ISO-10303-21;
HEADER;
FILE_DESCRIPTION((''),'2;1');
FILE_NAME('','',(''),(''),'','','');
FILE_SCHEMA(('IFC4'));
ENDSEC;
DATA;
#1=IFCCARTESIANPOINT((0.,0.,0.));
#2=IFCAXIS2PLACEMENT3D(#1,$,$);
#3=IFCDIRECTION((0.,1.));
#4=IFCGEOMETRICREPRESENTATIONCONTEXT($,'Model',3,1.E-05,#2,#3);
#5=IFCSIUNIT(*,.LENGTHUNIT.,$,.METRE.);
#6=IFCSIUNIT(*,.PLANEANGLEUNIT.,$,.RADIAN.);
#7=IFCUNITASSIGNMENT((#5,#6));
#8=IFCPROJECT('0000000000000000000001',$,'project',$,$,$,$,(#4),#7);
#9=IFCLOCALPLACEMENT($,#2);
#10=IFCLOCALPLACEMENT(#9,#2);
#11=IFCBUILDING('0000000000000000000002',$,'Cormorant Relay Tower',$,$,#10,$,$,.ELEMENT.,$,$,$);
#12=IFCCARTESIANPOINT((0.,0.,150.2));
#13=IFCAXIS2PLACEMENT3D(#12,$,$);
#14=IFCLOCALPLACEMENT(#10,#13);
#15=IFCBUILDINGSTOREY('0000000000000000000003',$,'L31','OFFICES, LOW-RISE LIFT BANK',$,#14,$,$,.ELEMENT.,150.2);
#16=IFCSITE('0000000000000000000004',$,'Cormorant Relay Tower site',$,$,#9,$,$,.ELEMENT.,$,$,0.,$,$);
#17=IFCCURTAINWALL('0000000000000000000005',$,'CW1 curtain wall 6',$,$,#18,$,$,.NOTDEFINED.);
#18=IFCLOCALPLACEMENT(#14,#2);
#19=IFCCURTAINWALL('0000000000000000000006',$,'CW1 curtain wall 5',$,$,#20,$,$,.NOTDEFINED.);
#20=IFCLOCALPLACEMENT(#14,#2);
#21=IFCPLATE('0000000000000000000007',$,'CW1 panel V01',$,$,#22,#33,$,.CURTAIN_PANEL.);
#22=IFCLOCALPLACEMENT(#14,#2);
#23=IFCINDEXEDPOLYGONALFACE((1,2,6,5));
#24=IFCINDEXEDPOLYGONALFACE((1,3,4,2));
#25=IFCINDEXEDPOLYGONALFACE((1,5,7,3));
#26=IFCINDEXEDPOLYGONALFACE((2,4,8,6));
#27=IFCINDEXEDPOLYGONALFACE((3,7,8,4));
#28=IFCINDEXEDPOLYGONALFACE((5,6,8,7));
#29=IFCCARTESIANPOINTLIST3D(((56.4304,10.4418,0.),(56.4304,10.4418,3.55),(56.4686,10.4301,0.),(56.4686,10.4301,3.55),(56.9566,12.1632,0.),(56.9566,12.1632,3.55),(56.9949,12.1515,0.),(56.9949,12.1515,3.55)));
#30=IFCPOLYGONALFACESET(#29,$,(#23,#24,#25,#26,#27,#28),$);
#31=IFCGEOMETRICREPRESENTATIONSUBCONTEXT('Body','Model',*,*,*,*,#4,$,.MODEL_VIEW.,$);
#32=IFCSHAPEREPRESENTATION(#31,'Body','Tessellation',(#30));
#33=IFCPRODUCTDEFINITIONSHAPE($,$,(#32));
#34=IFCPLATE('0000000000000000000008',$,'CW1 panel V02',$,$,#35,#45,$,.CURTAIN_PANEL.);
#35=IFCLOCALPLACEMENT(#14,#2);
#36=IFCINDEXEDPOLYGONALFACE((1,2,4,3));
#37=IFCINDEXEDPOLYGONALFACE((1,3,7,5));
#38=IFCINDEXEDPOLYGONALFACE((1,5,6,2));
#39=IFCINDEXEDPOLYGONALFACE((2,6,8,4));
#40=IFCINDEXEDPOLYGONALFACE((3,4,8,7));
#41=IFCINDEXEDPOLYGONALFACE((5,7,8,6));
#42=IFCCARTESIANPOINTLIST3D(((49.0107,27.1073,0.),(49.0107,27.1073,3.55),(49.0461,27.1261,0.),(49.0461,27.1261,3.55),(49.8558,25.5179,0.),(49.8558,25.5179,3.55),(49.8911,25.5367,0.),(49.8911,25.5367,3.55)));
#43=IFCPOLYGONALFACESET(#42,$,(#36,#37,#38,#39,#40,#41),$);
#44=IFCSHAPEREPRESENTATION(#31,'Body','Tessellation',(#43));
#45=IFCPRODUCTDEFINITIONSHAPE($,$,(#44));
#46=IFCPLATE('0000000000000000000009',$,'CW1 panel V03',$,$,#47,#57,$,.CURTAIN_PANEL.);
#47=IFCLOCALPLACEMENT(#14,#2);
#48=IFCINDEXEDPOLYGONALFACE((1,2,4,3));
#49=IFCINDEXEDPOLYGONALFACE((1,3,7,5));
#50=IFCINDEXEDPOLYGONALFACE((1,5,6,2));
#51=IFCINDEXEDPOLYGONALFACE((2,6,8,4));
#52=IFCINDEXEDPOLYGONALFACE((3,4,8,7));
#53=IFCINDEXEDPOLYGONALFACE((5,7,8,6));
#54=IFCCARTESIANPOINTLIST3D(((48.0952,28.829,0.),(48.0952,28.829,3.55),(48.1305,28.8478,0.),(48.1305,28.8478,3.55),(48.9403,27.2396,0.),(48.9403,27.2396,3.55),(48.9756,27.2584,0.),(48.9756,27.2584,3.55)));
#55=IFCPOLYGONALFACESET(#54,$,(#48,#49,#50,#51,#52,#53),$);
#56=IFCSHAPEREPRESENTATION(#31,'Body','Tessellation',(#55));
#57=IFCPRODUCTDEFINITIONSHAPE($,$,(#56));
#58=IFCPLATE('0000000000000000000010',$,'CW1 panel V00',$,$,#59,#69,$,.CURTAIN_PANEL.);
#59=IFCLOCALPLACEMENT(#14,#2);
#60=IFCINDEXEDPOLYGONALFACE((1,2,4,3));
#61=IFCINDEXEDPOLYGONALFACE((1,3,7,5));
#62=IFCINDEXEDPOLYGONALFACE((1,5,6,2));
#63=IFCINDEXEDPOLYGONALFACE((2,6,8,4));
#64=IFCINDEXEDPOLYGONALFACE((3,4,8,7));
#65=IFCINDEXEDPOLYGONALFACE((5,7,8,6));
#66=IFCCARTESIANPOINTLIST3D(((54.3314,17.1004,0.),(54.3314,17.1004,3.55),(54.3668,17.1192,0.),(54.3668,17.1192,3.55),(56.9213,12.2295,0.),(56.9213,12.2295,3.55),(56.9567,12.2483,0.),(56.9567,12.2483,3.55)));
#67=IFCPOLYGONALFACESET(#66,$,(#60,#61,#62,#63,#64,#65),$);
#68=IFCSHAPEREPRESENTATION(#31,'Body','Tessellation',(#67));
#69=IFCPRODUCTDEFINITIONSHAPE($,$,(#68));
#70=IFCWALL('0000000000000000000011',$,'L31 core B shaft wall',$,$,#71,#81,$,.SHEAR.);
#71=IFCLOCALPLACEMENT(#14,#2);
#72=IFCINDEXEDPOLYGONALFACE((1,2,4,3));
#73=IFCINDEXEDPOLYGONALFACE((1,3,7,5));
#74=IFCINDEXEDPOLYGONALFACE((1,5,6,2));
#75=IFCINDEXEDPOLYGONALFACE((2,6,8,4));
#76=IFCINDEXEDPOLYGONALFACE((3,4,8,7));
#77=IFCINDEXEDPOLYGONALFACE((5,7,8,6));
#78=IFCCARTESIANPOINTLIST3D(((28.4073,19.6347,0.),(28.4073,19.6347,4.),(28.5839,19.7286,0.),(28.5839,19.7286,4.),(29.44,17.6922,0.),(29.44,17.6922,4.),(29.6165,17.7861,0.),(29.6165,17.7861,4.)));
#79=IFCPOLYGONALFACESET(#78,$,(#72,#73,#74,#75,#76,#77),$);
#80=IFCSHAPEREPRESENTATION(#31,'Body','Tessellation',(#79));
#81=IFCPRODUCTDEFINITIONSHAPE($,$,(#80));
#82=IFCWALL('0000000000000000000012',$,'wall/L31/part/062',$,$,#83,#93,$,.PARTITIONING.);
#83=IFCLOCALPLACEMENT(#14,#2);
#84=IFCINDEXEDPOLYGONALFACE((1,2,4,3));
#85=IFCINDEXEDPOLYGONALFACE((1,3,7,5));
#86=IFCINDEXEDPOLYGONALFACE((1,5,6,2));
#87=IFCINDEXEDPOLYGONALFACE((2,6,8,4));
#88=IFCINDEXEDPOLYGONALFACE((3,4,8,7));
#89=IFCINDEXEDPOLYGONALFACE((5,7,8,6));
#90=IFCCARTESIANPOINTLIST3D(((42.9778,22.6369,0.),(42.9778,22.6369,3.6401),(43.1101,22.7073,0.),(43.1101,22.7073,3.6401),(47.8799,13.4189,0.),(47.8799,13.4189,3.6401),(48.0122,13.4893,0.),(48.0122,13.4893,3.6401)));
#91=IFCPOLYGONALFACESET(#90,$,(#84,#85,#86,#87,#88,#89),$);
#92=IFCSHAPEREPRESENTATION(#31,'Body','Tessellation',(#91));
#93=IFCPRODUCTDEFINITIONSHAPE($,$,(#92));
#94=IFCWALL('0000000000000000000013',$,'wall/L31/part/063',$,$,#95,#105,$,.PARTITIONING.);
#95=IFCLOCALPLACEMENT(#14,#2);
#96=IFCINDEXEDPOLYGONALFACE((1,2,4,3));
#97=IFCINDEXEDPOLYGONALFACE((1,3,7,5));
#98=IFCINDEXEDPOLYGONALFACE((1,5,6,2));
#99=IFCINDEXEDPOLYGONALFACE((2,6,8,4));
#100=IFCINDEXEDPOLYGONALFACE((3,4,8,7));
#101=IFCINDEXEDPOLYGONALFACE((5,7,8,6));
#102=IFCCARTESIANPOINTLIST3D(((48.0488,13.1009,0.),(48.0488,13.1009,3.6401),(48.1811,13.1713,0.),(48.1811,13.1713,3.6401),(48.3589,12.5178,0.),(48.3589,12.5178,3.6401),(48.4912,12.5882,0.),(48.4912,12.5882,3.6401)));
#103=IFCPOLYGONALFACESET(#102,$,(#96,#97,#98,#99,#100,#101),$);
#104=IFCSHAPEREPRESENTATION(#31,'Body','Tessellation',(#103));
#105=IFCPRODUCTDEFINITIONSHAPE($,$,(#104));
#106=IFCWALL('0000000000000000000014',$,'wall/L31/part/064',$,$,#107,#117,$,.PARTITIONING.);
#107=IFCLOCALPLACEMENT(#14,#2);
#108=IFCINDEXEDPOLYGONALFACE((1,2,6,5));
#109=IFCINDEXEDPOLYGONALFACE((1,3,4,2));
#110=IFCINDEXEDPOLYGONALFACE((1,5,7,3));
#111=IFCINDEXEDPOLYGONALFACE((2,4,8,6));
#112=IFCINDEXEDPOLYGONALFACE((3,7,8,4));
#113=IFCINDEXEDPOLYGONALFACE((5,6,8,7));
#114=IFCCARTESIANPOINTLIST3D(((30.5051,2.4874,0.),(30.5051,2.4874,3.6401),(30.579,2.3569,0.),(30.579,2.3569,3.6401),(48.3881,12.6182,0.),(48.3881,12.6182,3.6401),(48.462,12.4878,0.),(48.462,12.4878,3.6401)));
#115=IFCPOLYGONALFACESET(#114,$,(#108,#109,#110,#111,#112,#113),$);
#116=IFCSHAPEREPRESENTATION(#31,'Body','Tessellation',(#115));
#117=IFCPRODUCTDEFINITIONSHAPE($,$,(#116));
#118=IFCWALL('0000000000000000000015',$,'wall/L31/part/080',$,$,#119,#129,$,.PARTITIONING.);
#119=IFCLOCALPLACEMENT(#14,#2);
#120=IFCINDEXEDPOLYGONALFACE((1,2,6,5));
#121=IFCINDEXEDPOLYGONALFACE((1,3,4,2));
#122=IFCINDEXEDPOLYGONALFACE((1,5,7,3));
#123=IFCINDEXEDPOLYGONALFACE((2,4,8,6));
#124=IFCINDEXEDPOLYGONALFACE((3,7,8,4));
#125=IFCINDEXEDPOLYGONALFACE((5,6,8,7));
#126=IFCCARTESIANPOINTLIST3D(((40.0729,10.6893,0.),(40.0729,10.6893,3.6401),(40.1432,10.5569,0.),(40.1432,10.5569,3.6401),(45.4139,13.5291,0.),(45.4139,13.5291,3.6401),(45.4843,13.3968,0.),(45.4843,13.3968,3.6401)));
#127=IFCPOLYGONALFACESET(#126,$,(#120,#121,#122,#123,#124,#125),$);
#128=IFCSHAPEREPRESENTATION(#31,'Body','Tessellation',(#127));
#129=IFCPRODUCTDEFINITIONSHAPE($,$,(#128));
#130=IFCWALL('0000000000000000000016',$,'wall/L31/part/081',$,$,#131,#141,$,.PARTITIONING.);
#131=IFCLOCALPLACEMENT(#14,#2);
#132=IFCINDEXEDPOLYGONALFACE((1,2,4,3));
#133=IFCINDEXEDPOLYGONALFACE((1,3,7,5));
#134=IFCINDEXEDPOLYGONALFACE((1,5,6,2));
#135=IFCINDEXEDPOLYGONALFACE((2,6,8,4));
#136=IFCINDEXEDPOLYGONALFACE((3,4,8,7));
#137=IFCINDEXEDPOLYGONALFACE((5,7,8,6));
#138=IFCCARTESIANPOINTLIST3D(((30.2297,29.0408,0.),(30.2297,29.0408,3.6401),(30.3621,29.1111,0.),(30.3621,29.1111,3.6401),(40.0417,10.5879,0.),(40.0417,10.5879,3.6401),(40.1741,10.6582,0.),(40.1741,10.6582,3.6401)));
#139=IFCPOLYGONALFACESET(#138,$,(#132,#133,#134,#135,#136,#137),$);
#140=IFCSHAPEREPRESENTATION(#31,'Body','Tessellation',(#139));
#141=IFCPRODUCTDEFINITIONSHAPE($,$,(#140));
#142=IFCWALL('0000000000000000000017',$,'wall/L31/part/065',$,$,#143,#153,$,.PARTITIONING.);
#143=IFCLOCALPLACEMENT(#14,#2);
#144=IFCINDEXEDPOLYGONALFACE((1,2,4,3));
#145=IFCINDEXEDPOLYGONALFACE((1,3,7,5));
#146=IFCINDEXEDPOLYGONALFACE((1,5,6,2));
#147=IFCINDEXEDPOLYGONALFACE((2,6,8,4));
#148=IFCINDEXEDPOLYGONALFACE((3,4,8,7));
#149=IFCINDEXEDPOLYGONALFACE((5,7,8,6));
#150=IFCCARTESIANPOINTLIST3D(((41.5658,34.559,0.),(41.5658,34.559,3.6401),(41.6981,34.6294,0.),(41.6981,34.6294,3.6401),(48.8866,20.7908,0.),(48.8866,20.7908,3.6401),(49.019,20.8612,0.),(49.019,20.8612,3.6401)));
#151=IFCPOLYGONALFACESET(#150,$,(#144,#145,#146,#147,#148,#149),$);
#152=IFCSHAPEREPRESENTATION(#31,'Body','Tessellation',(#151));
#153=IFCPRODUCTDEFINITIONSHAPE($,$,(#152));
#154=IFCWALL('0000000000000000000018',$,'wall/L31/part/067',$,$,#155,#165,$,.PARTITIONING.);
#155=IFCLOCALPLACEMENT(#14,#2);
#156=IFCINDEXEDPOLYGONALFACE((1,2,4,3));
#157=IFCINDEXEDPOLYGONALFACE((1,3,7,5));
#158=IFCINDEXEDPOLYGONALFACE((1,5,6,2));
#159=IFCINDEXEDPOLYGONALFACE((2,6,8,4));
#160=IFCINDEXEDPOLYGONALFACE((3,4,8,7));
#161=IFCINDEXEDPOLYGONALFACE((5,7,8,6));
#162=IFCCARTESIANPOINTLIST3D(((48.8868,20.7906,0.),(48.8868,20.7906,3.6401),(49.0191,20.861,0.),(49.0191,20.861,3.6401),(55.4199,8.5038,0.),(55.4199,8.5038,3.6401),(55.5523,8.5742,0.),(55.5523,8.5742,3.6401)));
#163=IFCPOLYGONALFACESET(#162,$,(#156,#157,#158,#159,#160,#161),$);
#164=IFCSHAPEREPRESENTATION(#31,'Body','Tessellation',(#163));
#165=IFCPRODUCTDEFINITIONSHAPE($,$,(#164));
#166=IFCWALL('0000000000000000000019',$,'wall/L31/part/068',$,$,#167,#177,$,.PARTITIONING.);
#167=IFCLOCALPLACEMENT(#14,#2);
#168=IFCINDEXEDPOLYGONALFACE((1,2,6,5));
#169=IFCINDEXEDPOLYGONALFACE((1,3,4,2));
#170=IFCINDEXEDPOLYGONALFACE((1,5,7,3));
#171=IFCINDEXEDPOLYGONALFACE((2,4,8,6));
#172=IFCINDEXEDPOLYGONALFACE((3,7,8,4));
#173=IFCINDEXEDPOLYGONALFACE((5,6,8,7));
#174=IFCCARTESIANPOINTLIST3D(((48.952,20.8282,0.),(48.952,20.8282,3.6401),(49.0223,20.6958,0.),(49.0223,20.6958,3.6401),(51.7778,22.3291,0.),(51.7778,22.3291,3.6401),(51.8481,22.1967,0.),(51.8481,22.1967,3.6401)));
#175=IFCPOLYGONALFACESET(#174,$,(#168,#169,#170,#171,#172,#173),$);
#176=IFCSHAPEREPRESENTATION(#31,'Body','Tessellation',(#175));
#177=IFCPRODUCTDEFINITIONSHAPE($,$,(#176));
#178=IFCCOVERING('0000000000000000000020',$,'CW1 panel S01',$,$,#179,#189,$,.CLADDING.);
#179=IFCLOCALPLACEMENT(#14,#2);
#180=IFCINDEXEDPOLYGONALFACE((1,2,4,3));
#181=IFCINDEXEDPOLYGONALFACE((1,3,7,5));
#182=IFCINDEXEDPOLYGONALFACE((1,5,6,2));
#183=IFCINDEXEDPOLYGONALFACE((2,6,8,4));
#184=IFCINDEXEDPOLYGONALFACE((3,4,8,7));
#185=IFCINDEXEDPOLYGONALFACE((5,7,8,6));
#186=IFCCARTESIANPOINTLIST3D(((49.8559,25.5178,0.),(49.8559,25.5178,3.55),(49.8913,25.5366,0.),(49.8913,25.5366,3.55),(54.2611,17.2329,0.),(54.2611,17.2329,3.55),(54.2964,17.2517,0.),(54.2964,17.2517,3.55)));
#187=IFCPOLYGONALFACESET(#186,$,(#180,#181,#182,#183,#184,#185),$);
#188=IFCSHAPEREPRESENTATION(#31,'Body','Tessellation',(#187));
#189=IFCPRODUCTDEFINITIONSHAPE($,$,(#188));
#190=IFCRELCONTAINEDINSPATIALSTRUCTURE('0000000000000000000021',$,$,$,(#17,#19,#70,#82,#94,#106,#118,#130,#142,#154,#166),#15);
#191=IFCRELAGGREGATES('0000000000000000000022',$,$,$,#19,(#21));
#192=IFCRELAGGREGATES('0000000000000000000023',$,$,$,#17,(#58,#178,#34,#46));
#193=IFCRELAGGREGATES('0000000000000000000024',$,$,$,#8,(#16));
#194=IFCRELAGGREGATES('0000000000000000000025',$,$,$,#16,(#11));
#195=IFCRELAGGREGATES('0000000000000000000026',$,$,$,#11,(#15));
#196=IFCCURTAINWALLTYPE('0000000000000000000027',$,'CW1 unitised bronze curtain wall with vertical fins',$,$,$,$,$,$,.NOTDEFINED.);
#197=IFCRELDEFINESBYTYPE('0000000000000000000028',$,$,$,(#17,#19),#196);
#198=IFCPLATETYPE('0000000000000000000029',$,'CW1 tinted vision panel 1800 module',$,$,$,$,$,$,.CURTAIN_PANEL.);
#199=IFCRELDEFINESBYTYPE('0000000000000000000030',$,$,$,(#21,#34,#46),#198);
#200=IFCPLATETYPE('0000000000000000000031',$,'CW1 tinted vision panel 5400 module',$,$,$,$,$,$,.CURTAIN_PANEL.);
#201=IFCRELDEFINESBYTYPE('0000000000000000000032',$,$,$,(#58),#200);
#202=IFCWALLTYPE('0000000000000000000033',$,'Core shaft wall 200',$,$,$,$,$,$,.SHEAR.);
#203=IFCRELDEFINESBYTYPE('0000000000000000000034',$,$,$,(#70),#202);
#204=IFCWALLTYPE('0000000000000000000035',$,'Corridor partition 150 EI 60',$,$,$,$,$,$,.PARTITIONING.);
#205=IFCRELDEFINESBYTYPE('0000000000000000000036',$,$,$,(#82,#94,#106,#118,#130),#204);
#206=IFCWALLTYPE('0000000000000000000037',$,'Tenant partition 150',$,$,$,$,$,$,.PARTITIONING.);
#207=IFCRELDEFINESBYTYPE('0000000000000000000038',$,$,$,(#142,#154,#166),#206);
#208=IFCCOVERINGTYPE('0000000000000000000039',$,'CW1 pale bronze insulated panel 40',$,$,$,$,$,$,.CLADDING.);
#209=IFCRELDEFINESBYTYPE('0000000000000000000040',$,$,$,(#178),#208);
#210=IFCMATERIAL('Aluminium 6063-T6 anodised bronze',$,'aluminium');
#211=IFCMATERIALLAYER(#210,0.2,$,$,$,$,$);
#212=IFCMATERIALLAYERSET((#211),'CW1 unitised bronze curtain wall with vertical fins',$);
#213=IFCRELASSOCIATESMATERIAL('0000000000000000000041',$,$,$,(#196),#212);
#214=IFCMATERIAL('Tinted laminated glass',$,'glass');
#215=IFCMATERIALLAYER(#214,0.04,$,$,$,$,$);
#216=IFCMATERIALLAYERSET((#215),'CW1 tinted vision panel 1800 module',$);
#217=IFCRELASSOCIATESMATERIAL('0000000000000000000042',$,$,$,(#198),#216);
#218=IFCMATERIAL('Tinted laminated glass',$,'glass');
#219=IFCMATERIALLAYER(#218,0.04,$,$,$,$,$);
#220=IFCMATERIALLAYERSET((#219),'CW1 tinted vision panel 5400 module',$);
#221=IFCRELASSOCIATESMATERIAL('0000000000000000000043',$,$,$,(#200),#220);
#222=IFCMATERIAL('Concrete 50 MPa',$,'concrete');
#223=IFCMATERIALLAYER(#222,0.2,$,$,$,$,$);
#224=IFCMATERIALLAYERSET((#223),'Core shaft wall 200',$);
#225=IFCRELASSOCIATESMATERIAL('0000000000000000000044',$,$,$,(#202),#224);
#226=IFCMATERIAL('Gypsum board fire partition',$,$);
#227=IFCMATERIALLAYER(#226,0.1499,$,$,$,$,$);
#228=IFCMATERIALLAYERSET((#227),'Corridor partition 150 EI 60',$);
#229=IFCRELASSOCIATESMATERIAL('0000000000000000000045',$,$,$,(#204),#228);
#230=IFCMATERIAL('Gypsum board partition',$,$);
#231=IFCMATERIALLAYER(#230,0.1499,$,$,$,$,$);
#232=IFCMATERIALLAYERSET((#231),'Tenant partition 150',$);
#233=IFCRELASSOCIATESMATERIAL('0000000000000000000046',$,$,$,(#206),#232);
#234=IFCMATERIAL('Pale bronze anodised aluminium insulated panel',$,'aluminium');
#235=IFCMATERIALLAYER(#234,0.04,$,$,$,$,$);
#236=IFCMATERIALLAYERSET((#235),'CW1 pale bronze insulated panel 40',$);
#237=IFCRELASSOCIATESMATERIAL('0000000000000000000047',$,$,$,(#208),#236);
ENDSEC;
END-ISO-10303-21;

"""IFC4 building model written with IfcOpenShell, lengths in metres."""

from ifc_helpers import new_model, si_unit, direction, frame, frame_2d, origin, origin_2d, place, context, subcontext, project, spatial, rectangle, extrude, material, layer, layer_set, type_object, element, aggregate, save


model = new_model("IFC4")

# Units and contexts
model_context = context("Model", 3, precision=1e-05, world=origin(), true_north=direction((0.0, 1.0)))
body_context = subcontext(model_context, "Body", "Model", "MODEL_VIEW")
ifc_project = project(units=[si_unit("LENGTHUNIT", "METRE"), si_unit("PLANEANGLEUNIT", "RADIAN")], contexts=[model_context])

# Site, building, storey
site_placement = place(None, origin())
site = spatial("IfcSite", under=ifc_project, at=site_placement, Name="Cormorant Relay Tower site", CompositionType="ELEMENT", RefElevation=0.0)
building_placement = place(site_placement, origin())
building = spatial("IfcBuilding", under=site, at=building_placement, Name="Cormorant Relay Tower", CompositionType="ELEMENT")
storey_placement = place(building_placement, frame((0.0, 0.0, 150.2)))
storey = spatial("IfcBuildingStorey", under=building, at=storey_placement, Name="L31", Description="OFFICES, LOW-RISE LIFT BANK", CompositionType="ELEMENT", Elevation=150.2)

# Curtain wall
ifc_material_1 = material(Name="Aluminium 6063-T6 anodised bronze", Category="aluminium")
ifc_layer_1 = layer(ifc_material_1, 0.2)
ifc_layer_set_1 = layer_set([ifc_layer_1], Name="CW1 unitised bronze curtain wall with vertical fins")
curtain_wall_type = type_object("IfcCurtainWallType", Name="CW1 unitised bronze curtain wall with vertical fins", PredefinedType="NOTDEFINED", material=ifc_layer_set_1)
curtain_wall_1_placement = place(storey_placement, origin())
curtain_wall_1 = element("IfcCurtainWall", 1, at=curtain_wall_1_placement, inside=storey, type_object=curtain_wall_type, Name="CW1 curtain wall 6", PredefinedType="NOTDEFINED")

# Curtain wall, plate
curtain_wall_2_placement = place(storey_placement, origin())
curtain_wall_2 = element("IfcCurtainWall", 2, at=curtain_wall_2_placement, inside=storey, type_object=curtain_wall_type, Name="CW1 curtain wall 5", PredefinedType="NOTDEFINED")
ifc_material_2 = material(Name="Tinted laminated glass", Category="glass")
ifc_layer_2 = layer(ifc_material_2, 0.04)
ifc_layer_set_2 = layer_set([ifc_layer_2], Name="CW1 tinted vision panel 1800 module")
plate_type_1 = type_object("IfcPlateType", Name="CW1 tinted vision panel 1800 module", PredefinedType="CURTAIN_PANEL", material=ifc_layer_set_2)
plate_1_placement = place(storey_placement, frame((56.7126, 11.2966, 0.0), z_axis=(0.0, 0.0, 1.0), x_axis=(0.292372, 0.956305, 0.0)))
plate_1 = element("IfcPlate", 3, at=plate_1_placement, type_object=plate_type_1, Name="CW1 panel V01", PredefinedType="CURTAIN_PANEL", context=body_context, shape_type="SweptSolid", body=[
    extrude(rectangle(XDim=1.8, YDim=0.04, at=origin_2d()), origin(), (0.0, 0.0, 1.0), 3.55),
])
aggregate(curtain_wall_2, [plate_1])

# Plates
plate_2_placement = place(storey_placement, frame((49.4509, 26.322, 0.0), z_axis=(0.0, 0.0, 1.0), x_axis=(-0.469472, 0.882948, 0.0)))
plate_2 = element("IfcPlate", 4, at=plate_2_placement, type_object=plate_type_1, Name="CW1 panel V02", PredefinedType="CURTAIN_PANEL", context=body_context, shape_type="SweptSolid", body=[
    extrude(rectangle(XDim=1.8, YDim=0.04, at=origin_2d()), origin(), (0.0, 0.0, 1.0), 3.55),
])
plate_3_placement = place(storey_placement, frame((48.5354, 28.0437, 0.0), z_axis=(0.0, 0.0, 1.0), x_axis=(-0.469472, 0.882948, 0.0)))
plate_3 = element("IfcPlate", 5, at=plate_3_placement, type_object=plate_type_1, Name="CW1 panel V03", PredefinedType="CURTAIN_PANEL", context=body_context, shape_type="SweptSolid", body=[
    extrude(rectangle(XDim=1.8, YDim=0.04, at=origin_2d()), origin(), (0.0, 0.0, 1.0), 3.55),
])
ifc_material_3 = material(Name="Tinted laminated glass", Category="glass")
ifc_layer_3 = layer(ifc_material_3, 0.04)
ifc_layer_set_3 = layer_set([ifc_layer_3], Name="CW1 tinted vision panel 5400 module")
plate_type_2 = type_object("IfcPlateType", Name="CW1 tinted vision panel 5400 module", PredefinedType="CURTAIN_PANEL", material=ifc_layer_set_3)
plate_4_placement = place(storey_placement, frame((55.644, 14.6743, 0.0), z_axis=(0.0, 0.0, 1.0), x_axis=(-0.469472, 0.882948, 0.0)))
plate_4 = element("IfcPlate", 6, at=plate_4_placement, type_object=plate_type_2, Name="CW1 panel V00", PredefinedType="CURTAIN_PANEL", context=body_context, shape_type="SweptSolid", body=[
    extrude(rectangle(XDim=5.5166, YDim=0.04, at=origin_2d()), origin(), (0.0, 0.0, 1.0), 3.55),
])

# Wall
ifc_material_4 = material(Name="Concrete 50 MPa", Category="concrete")
ifc_layer_4 = layer(ifc_material_4, 0.2)
ifc_layer_set_4 = layer_set([ifc_layer_4], Name="Core shaft wall 200")
wall_type_1 = type_object("IfcWallType", Name="Core shaft wall 200", PredefinedType="SHEAR", material=ifc_layer_set_4)
wall_1_placement = place(storey_placement, frame((29.5283, 17.739, 0.0), z_axis=(0.0, 0.0, 1.0), x_axis=(-0.469401, 0.882985, 0.0)))
element("IfcWall", 7, at=wall_1_placement, inside=storey, type_object=wall_type_1, Name="L31 core B shaft wall", PredefinedType="SHEAR", context=body_context, shape_type="SweptSolid", body=[
    extrude(rectangle(XDim=2.2, YDim=0.2, at=frame_2d((1.1001, 0.0))), origin(), (0.0, 0.0, 1.0), 4.0),
])

# Walls
ifc_material_5 = material(Name="Gypsum board fire partition")
ifc_layer_5 = layer(ifc_material_5, 0.1499)
ifc_layer_set_5 = layer_set([ifc_layer_5], Name="Corridor partition 150 EI 60")
wall_type_2 = type_object("IfcWallType", Name="Corridor partition 150 EI 60", PredefinedType="PARTITIONING", material=ifc_layer_set_5)
wall_2_placement = place(storey_placement, frame((43.0439, 22.6721, 0.0), z_axis=(0.0, 0.0, 1.0), x_axis=(0.469531, -0.882916, 0.0)))
element("IfcWall", 8, at=wall_2_placement, inside=storey, type_object=wall_type_2, Name="wall/L31/part/062", PredefinedType="PARTITIONING", context=body_context, shape_type="SweptSolid", body=[
    extrude(rectangle(XDim=10.4404, YDim=0.1499, at=frame_2d((5.2202, 0.0))), origin(), (0.0, 0.0, 1.0), 3.6401),
])
wall_3_placement = place(storey_placement, frame((48.115, 13.136, 0.0), z_axis=(0.0, 0.0, 1.0), x_axis=(0.469552, -0.882905, 0.0)))
element("IfcWall", 9, at=wall_3_placement, inside=storey, type_object=wall_type_2, Name="wall/L31/part/063", PredefinedType="PARTITIONING", context=body_context, shape_type="SweptSolid", body=[
    extrude(rectangle(XDim=0.6604, YDim=0.1499, at=frame_2d((0.3301, 0.0))), origin(), (0.0, 0.0, 1.0), 3.6401),
])
wall_4_placement = place(storey_placement, frame((48.425, 12.553, 0.0), z_axis=(0.0, 0.0, 1.0), x_axis=(-0.870082, -0.492907, 0.0)))
element("IfcWall", 10, at=wall_4_placement, inside=storey, type_object=wall_type_2, Name="wall/L31/part/064", PredefinedType="PARTITIONING", context=body_context, shape_type="SweptSolid", body=[
    extrude(rectangle(XDim=20.5532, YDim=0.1499, at=frame_2d((10.2766, 0.0))), origin(), (0.0, 0.0, 1.0), 3.6401),
])
wall_5_placement = place(storey_placement, frame((45.449, 13.4629, 0.0), z_axis=(0.0, 0.0, 1.0), x_axis=(-0.882951, -0.469465, 0.0)))
element("IfcWall", 11, at=wall_5_placement, inside=storey, type_object=wall_type_2, Name="wall/L31/part/080", PredefinedType="PARTITIONING", context=body_context, shape_type="SweptSolid", body=[
    extrude(rectangle(XDim=6.0491, YDim=0.1499, at=frame_2d((3.0244, 0.0))), origin(), (0.0, 0.0, 1.0), 3.6401),
])
wall_6_placement = place(storey_placement, frame((40.1079, 10.623, 0.0), z_axis=(0.0, 0.0, 1.0), x_axis=(-0.469488, 0.882939, 0.0)))
element("IfcWall", 12, at=wall_6_placement, inside=storey, type_object=wall_type_2, Name="wall/L31/part/081", PredefinedType="PARTITIONING", context=body_context, shape_type="SweptSolid", body=[
    extrude(rectangle(XDim=20.8994, YDim=0.1499, at=frame_2d((10.4497, 0.0))), origin(), (0.0, 0.0, 1.0), 3.6401),
])
ifc_material_6 = material(Name="Gypsum board partition")
ifc_layer_6 = layer(ifc_material_6, 0.1499)
ifc_layer_set_6 = layer_set([ifc_layer_6], Name="Tenant partition 150")
wall_type_3 = type_object("IfcWallType", Name="Tenant partition 150", PredefinedType="PARTITIONING", material=ifc_layer_set_6)
wall_7_placement = place(storey_placement, frame((48.9529, 20.8259, 0.0), z_axis=(0.0, 0.0, 1.0), x_axis=(-0.469481, 0.882943, 0.0)))
element("IfcWall", 13, at=wall_7_placement, inside=storey, type_object=wall_type_3, Name="wall/L31/part/065", PredefinedType="PARTITIONING", context=body_context, shape_type="SweptSolid", body=[
    extrude(rectangle(XDim=15.5935, YDim=0.1499, at=frame_2d((7.7969, 0.0))), origin(), (0.0, 0.0, 1.0), 3.6401),
])
wall_8_placement = place(storey_placement, frame((48.9529, 20.8259, 0.0), z_axis=(0.0, 0.0, 1.0), x_axis=(0.469481, -0.882943, 0.0)))
element("IfcWall", 14, at=wall_8_placement, inside=storey, type_object=wall_type_3, Name="wall/L31/part/067", PredefinedType="PARTITIONING", context=body_context, shape_type="SweptSolid", body=[
    extrude(rectangle(XDim=13.9158, YDim=0.1499, at=frame_2d((6.958, 0.0))), origin(), (0.0, 0.0, 1.0), 3.6401),
])
wall_9_placement = place(storey_placement, frame((51.813, 22.2629, 0.0), z_axis=(0.0, 0.0, 1.0), x_axis=(-0.883154, -0.469083, 0.0)))
element("IfcWall", 15, at=wall_9_placement, inside=storey, type_object=wall_type_3, Name="wall/L31/part/068", PredefinedType="PARTITIONING", context=body_context, shape_type="SweptSolid", body=[
    extrude(rectangle(XDim=3.1997, YDim=0.1499, at=frame_2d((1.5999, 0.0))), origin(), (0.0, 0.0, 1.0), 3.6401),
])

# Covering
ifc_material_7 = material(Name="Pale bronze anodised aluminium insulated panel", Category="aluminium")
ifc_layer_7 = layer(ifc_material_7, 0.04)
ifc_layer_set_7 = layer_set([ifc_layer_7], Name="CW1 pale bronze insulated panel 40")
covering_type = type_object("IfcCoveringType", Name="CW1 pale bronze insulated panel 40", PredefinedType="CLADDING", material=ifc_layer_set_7)
covering_placement = place(storey_placement, frame((52.0762, 21.3848, 0.0), z_axis=(0.0, 0.0, 1.0), x_axis=(-0.469472, 0.882948, 0.0)))
covering = element("IfcCovering", 16, at=covering_placement, type_object=covering_type, Name="CW1 panel S01", PredefinedType="CLADDING", context=body_context, shape_type="SweptSolid", body=[
    extrude(rectangle(XDim=9.3833, YDim=0.04, at=origin_2d()), origin(), (0.0, 0.0, 1.0), 3.55),
])
aggregate(curtain_wall_1, [plate_4, covering, plate_2, plate_3])

save(model, "model.ifc")
